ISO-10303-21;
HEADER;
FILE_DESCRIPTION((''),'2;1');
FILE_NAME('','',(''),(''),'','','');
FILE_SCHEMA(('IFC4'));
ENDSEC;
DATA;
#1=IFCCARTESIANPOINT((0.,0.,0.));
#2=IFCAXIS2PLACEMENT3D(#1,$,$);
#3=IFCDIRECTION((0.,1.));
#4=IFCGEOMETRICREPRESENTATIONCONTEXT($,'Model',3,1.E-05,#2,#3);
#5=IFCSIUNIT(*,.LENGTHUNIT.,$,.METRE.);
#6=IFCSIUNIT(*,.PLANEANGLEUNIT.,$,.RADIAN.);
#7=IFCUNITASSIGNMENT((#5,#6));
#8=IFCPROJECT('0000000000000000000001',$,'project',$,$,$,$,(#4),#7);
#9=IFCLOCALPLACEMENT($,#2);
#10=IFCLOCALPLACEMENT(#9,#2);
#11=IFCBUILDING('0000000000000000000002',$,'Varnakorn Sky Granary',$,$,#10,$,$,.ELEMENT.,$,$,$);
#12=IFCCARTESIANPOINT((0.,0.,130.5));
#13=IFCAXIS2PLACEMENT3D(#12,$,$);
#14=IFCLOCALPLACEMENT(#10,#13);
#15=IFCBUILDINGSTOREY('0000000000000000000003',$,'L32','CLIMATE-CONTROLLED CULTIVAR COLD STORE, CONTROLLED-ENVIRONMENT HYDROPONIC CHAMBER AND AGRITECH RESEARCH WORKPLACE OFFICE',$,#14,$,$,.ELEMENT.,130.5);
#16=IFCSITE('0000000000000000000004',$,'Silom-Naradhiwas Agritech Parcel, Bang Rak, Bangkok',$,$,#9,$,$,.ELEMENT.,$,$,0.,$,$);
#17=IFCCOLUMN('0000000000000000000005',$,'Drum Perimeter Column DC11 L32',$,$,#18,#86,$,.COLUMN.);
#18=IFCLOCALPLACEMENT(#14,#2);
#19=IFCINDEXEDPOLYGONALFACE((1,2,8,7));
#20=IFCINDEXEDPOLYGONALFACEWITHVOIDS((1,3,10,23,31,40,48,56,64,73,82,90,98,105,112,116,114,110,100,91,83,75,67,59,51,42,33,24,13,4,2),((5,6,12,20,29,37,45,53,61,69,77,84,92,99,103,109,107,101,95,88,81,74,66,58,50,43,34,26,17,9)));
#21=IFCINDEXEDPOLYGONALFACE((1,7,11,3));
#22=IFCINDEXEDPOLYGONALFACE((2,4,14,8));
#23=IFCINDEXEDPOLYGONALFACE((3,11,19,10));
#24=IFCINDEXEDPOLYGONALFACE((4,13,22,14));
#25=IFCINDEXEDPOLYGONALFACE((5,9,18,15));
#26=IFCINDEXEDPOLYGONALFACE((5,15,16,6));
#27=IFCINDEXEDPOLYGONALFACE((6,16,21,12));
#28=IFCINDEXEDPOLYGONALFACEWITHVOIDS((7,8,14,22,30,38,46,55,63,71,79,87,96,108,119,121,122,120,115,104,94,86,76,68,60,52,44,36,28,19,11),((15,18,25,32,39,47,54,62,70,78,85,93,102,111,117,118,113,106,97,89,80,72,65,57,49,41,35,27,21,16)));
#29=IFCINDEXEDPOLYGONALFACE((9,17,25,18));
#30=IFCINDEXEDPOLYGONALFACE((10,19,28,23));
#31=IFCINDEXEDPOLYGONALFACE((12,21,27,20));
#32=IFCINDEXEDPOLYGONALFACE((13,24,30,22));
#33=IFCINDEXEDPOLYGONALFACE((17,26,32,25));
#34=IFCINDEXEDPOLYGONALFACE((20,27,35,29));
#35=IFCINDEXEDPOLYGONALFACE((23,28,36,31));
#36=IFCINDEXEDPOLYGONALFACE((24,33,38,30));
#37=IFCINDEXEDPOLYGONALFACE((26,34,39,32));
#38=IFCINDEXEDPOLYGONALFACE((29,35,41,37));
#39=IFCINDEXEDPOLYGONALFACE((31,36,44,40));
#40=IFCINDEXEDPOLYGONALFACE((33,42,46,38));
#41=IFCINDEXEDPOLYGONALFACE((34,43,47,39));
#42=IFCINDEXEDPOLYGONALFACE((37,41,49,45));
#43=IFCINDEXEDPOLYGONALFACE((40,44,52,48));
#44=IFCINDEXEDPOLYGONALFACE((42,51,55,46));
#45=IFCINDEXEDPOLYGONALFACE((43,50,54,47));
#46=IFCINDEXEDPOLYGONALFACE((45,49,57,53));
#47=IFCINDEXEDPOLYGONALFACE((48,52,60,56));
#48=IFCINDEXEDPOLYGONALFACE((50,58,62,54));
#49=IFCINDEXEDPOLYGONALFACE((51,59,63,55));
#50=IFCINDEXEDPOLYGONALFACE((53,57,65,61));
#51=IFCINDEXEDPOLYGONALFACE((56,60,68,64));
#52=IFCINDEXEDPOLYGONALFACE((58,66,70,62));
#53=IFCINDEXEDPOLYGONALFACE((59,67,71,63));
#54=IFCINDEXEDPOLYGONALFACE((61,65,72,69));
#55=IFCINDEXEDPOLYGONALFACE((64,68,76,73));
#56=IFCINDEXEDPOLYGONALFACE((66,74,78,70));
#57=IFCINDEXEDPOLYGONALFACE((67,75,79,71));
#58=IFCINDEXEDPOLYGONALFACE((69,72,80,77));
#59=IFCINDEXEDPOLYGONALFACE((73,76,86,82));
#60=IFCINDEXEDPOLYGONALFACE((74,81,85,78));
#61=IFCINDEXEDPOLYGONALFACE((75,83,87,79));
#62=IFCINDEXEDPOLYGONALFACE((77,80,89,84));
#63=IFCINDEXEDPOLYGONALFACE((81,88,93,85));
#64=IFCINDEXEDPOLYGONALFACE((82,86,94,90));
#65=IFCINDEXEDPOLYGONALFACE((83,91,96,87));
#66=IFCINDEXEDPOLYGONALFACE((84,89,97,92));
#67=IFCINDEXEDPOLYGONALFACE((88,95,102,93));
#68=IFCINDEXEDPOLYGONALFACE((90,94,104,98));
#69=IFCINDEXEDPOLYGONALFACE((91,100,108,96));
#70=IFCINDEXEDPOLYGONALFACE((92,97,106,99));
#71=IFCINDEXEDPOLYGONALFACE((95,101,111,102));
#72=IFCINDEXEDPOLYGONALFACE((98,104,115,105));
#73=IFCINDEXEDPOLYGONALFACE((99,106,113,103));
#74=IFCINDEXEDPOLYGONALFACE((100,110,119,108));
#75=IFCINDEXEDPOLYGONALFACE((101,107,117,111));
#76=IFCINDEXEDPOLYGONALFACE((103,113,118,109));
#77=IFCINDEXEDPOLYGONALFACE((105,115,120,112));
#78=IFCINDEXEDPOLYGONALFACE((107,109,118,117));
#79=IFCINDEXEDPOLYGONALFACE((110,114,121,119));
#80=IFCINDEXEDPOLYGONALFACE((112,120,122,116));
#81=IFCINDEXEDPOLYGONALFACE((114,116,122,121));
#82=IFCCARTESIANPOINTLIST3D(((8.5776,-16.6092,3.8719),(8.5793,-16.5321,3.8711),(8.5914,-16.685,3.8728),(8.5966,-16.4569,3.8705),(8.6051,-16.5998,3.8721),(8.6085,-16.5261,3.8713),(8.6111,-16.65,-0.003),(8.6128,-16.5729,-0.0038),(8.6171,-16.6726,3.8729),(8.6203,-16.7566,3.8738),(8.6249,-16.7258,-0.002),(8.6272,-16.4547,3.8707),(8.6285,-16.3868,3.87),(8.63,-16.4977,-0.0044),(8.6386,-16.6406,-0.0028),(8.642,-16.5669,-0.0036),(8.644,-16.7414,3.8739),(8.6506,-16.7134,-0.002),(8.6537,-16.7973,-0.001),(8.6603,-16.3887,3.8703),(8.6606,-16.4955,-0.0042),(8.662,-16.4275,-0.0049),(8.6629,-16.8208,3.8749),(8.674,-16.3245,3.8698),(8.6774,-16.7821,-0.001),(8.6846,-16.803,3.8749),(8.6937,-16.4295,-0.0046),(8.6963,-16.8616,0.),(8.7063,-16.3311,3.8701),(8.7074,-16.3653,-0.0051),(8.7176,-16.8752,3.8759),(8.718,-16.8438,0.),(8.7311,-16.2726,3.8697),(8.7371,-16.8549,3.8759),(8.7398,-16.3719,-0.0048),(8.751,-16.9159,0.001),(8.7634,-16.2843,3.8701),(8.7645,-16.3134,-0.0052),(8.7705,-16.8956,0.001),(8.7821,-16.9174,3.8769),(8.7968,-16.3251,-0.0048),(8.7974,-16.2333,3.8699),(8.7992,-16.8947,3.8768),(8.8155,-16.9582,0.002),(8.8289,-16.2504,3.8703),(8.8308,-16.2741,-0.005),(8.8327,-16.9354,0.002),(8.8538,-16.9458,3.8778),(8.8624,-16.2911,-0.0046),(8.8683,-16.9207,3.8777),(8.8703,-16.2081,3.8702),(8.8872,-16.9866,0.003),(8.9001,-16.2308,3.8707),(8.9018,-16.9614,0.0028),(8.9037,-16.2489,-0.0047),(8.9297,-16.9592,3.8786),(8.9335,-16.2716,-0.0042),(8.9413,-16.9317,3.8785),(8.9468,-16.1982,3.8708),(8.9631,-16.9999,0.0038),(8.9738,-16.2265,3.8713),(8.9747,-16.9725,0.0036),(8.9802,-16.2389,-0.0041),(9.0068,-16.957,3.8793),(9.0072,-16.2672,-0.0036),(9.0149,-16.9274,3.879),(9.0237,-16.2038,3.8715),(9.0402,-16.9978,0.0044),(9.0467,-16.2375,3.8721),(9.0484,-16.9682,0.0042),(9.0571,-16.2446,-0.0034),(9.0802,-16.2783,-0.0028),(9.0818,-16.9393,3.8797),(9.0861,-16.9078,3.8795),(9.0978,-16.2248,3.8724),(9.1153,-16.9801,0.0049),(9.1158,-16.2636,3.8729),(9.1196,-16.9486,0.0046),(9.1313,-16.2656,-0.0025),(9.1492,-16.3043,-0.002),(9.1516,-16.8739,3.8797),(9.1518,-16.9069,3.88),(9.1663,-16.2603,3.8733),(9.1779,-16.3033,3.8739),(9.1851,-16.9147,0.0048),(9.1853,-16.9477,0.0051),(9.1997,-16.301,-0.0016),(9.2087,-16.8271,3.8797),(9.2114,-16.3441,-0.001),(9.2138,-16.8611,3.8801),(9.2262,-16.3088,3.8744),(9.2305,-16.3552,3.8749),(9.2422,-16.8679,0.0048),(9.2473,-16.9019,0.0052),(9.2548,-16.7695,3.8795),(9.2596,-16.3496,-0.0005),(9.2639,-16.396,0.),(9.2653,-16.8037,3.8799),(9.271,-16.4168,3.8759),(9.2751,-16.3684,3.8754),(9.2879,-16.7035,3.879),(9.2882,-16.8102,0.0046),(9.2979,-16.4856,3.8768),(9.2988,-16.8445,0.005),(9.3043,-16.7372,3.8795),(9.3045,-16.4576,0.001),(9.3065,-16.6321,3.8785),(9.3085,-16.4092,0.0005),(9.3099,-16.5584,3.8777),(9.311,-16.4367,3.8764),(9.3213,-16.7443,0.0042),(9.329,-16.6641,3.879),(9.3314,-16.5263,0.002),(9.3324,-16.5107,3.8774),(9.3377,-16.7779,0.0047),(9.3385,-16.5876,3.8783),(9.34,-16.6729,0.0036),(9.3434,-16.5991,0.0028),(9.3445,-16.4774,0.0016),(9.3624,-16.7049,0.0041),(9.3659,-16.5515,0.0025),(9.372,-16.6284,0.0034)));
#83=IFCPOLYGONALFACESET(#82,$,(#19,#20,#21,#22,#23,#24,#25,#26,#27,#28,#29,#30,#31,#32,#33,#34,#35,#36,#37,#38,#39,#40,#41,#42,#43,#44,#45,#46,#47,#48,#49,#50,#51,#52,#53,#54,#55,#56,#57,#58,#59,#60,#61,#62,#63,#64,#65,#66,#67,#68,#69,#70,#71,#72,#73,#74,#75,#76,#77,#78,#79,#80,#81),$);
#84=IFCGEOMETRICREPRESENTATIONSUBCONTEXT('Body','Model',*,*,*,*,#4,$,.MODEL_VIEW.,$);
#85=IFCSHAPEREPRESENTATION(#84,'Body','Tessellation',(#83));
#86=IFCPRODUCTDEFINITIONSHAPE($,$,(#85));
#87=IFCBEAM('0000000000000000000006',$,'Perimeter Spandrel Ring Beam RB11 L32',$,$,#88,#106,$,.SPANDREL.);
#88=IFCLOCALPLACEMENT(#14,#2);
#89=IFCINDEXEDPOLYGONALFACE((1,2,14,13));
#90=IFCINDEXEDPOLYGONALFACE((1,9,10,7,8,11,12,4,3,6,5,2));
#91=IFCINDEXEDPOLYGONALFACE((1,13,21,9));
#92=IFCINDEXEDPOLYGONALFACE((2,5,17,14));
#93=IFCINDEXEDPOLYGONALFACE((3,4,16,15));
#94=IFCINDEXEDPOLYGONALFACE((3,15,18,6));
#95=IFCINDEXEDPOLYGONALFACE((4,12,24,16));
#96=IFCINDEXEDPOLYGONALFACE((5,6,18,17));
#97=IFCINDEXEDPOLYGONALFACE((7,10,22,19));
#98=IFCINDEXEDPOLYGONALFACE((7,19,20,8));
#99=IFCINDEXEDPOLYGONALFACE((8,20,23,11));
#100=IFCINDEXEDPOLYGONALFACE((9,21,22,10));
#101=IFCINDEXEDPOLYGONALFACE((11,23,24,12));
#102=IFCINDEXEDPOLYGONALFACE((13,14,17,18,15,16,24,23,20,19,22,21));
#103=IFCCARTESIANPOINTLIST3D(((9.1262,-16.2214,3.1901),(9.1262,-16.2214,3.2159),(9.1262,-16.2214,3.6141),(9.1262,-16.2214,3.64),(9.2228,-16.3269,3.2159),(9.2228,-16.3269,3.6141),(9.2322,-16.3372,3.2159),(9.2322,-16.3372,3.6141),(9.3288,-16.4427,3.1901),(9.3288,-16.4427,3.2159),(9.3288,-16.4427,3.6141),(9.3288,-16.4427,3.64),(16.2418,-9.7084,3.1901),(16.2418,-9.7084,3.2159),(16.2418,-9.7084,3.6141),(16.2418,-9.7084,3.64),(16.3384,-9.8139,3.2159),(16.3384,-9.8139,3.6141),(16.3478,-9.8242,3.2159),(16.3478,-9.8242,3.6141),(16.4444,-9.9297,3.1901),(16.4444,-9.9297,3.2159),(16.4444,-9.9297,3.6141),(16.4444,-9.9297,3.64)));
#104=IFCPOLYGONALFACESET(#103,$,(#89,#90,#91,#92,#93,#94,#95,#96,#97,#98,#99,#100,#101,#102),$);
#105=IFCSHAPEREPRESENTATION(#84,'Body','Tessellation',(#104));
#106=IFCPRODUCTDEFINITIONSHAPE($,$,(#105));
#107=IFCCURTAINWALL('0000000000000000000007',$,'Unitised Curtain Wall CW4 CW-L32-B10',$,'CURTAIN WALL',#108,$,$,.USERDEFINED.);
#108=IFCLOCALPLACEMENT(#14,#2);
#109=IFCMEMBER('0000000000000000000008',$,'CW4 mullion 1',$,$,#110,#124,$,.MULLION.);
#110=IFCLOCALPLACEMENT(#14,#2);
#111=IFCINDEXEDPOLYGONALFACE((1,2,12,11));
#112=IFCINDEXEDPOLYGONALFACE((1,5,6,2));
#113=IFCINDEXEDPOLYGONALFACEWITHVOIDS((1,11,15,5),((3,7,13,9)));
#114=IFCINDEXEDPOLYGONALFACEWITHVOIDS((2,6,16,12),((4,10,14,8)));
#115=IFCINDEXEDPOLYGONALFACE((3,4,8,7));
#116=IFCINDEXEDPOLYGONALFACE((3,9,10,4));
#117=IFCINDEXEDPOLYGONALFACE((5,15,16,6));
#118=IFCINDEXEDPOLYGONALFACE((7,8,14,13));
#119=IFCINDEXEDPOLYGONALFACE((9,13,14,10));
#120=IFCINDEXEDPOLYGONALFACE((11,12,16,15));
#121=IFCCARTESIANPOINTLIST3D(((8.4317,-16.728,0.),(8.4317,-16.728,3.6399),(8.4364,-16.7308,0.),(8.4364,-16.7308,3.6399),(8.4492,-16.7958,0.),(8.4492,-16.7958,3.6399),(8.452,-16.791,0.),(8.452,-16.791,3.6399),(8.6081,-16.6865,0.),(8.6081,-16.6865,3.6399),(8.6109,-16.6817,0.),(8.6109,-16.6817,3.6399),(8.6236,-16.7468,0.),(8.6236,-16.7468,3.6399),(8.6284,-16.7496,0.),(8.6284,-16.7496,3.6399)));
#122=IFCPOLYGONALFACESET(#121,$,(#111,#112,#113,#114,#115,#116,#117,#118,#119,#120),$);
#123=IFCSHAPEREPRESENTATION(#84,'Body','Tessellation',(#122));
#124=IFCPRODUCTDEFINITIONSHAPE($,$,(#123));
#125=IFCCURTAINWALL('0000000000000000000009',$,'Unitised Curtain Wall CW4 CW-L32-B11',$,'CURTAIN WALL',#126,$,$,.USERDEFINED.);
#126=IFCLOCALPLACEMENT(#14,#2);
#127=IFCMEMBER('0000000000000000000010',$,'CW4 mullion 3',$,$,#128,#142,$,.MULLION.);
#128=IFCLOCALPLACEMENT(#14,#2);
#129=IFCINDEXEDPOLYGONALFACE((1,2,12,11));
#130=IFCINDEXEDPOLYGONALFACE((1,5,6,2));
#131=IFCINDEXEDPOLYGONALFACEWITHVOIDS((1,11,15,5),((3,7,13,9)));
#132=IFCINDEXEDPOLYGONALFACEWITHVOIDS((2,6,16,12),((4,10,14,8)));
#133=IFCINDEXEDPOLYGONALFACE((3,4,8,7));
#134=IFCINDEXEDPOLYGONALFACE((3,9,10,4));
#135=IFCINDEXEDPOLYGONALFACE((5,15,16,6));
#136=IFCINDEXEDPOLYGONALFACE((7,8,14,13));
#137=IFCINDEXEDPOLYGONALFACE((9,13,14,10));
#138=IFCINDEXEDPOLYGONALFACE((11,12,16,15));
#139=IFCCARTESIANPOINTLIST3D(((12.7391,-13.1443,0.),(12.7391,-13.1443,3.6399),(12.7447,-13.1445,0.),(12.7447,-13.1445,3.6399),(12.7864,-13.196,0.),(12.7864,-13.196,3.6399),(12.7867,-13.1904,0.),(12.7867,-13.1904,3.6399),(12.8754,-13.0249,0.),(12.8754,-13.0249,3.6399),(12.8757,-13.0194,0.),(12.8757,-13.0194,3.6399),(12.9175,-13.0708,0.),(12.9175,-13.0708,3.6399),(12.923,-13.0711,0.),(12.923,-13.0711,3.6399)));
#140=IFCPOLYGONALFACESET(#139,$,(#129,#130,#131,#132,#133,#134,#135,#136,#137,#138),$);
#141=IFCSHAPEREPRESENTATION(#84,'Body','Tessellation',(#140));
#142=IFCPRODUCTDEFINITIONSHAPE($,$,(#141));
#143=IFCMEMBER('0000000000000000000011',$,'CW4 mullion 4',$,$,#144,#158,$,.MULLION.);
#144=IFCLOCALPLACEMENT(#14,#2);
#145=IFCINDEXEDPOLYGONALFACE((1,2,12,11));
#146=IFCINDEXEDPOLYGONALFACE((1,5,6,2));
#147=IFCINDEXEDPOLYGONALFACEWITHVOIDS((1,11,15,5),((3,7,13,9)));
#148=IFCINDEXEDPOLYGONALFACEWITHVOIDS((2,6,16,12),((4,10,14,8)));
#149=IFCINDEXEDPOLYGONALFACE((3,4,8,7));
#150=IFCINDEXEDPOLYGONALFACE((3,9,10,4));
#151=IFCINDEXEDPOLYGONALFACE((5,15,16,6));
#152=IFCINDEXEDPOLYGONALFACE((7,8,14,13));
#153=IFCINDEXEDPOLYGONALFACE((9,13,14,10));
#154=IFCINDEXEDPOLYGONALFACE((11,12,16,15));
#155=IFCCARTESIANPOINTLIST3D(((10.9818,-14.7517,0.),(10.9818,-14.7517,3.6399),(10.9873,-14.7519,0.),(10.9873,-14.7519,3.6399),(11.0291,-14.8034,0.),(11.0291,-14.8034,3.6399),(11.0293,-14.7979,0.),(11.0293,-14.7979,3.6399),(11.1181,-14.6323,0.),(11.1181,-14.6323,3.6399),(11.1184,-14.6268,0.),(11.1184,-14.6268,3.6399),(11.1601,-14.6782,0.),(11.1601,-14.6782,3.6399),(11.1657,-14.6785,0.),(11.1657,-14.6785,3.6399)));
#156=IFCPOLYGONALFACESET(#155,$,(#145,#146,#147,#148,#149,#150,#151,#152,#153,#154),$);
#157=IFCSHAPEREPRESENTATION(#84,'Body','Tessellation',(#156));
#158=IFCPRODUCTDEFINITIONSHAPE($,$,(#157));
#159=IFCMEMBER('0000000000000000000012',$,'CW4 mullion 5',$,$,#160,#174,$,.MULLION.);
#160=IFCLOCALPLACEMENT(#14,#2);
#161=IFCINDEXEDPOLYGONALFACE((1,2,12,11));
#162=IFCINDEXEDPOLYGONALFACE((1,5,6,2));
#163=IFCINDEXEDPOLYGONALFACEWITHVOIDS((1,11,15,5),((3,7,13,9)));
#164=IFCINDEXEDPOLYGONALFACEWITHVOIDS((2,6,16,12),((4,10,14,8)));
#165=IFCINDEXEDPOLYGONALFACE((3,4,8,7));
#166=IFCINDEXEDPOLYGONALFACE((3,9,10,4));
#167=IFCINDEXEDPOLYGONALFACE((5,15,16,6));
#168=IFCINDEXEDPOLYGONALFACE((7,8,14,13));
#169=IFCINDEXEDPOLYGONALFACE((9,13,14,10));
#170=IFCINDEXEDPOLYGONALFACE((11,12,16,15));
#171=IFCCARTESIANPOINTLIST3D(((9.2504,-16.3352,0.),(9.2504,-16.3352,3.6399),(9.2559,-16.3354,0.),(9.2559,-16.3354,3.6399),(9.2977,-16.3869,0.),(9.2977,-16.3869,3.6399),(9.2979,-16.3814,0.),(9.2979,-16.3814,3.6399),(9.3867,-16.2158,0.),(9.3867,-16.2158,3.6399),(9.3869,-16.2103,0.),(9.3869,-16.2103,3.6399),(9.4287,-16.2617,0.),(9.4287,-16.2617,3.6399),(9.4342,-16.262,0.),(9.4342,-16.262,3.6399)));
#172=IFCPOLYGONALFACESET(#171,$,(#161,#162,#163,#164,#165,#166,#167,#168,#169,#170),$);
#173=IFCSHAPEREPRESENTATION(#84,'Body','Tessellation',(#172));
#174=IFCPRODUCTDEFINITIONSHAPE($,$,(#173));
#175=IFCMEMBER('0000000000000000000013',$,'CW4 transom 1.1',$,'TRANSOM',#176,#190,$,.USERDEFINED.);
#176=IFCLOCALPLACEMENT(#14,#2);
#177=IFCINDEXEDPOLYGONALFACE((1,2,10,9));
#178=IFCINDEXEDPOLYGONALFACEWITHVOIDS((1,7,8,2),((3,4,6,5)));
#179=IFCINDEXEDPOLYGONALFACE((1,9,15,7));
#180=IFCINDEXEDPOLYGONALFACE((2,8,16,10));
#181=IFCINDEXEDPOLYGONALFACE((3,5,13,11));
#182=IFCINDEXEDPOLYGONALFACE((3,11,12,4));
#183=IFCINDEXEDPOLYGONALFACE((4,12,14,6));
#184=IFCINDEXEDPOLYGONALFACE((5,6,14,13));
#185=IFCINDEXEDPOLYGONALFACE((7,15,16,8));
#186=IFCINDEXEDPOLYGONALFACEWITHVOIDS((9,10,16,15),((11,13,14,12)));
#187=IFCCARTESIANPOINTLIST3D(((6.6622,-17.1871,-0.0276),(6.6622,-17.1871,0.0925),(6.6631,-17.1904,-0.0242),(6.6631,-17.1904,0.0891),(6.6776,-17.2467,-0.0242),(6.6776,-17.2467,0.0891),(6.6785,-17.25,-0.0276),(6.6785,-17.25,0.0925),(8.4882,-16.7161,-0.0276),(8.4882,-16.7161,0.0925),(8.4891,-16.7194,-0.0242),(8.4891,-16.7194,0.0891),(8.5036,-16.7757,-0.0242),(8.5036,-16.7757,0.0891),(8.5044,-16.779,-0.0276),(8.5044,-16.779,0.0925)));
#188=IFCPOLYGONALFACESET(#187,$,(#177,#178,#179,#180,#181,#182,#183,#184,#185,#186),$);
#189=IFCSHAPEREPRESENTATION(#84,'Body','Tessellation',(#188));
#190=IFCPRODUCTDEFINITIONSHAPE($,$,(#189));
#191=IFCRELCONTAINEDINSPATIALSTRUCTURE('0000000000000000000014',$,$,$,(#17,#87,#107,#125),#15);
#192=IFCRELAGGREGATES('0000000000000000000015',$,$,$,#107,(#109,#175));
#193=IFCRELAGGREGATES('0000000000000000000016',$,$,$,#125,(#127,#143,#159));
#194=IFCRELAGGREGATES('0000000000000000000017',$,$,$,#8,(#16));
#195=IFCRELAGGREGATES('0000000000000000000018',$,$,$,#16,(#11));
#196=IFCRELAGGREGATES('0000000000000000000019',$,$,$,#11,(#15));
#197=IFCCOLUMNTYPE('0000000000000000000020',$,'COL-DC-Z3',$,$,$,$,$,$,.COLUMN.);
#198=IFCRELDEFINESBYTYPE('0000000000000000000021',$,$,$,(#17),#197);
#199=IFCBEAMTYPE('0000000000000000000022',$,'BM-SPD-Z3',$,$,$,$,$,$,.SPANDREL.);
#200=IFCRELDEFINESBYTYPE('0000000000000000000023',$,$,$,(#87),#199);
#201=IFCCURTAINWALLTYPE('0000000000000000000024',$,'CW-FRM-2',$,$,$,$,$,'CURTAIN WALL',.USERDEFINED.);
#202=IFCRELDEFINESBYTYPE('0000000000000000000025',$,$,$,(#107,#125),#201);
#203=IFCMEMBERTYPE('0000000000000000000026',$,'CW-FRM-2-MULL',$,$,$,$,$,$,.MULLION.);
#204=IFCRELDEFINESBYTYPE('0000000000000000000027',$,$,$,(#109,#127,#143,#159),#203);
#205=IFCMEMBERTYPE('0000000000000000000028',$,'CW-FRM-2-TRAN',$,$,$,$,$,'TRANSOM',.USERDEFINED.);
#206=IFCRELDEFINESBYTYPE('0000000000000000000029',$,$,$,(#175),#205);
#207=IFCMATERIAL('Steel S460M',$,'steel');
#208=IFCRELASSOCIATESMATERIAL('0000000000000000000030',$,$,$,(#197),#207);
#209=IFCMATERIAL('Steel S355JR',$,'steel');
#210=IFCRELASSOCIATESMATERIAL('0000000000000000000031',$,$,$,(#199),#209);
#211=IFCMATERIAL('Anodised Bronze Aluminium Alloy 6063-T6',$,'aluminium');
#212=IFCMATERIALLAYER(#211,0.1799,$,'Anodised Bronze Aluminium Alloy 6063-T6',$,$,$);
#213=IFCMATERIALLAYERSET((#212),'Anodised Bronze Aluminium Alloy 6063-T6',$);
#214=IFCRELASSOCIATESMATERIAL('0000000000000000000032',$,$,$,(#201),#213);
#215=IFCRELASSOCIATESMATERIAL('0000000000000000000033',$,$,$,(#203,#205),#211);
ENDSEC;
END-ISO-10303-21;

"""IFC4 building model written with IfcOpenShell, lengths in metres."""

from ifc_helpers import new_model, si_unit, direction, frame, origin, origin_2d, place, context, subcontext, project, spatial, hollow_rectangle, hollow_circle, i_section, extrude, material, layer, layer_set, material_profile, profile_set, type_object, element, aggregate, save


model = new_model("IFC4")

# Units and contexts
model_context = context("Model", 3, precision=1e-05, world=origin(), true_north=direction((0.0, 1.0)))
body_context = subcontext(model_context, "Body", "Model", "MODEL_VIEW")
ifc_project = project(units=[si_unit("LENGTHUNIT", "METRE"), si_unit("PLANEANGLEUNIT", "RADIAN")], contexts=[model_context])

# Site, building, storey
site_placement = place(None, origin())
site = spatial("IfcSite", under=ifc_project, at=site_placement, Name="Silom-Naradhiwas Agritech Parcel, Bang Rak, Bangkok", CompositionType="ELEMENT", RefElevation=0.0)
building_placement = place(site_placement, origin())
building = spatial("IfcBuilding", under=site, at=building_placement, Name="Varnakorn Sky Granary", CompositionType="ELEMENT")
storey_placement = place(building_placement, frame((0.0, 0.0, 130.5)))
storey = spatial("IfcBuildingStorey", under=building, at=storey_placement, Name="L32", Description="CLIMATE-CONTROLLED CULTIVAR COLD STORE, CONTROLLED-ENVIRONMENT HYDROPONIC CHAMBER AND AGRITECH RESEARCH WORKPLACE OFFICE", CompositionType="ELEMENT", Elevation=130.5)

# Column
ifc_material_1 = material(Name="Steel S460M", Category="steel")
ifc_material_profile_1 = material_profile(ifc_material_1, hollow_circle(Radius=0.3811, WallThickness=0.0281, at=origin_2d()), Name="CHS 762x28")
ifc_profile_set_1 = profile_set([ifc_material_profile_1], Name="Steel S460M")
column_type = type_object("IfcColumnType", Name="COL-DC-Z3", PredefinedType="COLUMN", material=ifc_profile_set_1)
column_placement = place(storey_placement, frame((8.991, -16.6199, 0.0), z_axis=(-0.008631, 0.010521, 0.999907), x_axis=(-0.773132, -0.634246, 0.0)))
element("IfcColumn", 1, at=column_placement, inside=storey, type_object=column_type, Name="Drum Perimeter Column DC11 L32", PredefinedType="COLUMN", context=body_context, shape_type="SweptSolid", body=[
    extrude(hollow_circle(Radius=0.3811, WallThickness=0.0281, at=origin_2d()), origin(), (0.0, 0.0, 1.0), 3.8752),
])

# Beam
ifc_material_2 = material(Name="Steel S355JR", Category="steel")
ifc_material_profile_2 = material_profile(ifc_material_2, i_section(OverallWidth=0.3, OverallDepth=0.45, WebThickness=0.0139, FlangeThickness=0.0259, at=origin_2d()), Name="HE 450 B")
ifc_profile_set_2 = profile_set([ifc_material_profile_2], Name="Steel S355JR")
beam_type = type_object("IfcBeamType", Name="BM-SPD-Z3", PredefinedType="SPANDREL", material=ifc_profile_set_2)
beam_placement = place(storey_placement, frame((9.2275, -16.332, 3.415), z_axis=(0.737649, 0.675185, 0.0), x_axis=(-0.675185, 0.737649, 0.0)))
element("IfcBeam", 2, at=beam_placement, inside=storey, type_object=beam_type, Name="Perimeter Spandrel Ring Beam RB11 L32", PredefinedType="SPANDREL", context=body_context, shape_type="SweptSolid", body=[
    extrude(i_section(OverallWidth=0.3, OverallDepth=0.45, WebThickness=0.0139, FlangeThickness=0.0259, at=origin_2d()), origin(), (0.0, 0.0, 1.0), 9.6462),
])

# Curtain wall, member
ifc_material_3 = material(Name="Anodised Bronze Aluminium Alloy 6063-T6", Category="aluminium")
ifc_layer_1 = layer(ifc_material_3, 0.1799, Name="Anodised Bronze Aluminium Alloy 6063-T6")
ifc_layer_set_1 = layer_set([ifc_layer_1], Name="Anodised Bronze Aluminium Alloy 6063-T6")
curtain_wall_type = type_object("IfcCurtainWallType", Name="CW-FRM-2", ElementType="CURTAIN WALL", PredefinedType="USERDEFINED", material=ifc_layer_set_1)
curtain_wall_1_placement = place(storey_placement, origin())
curtain_wall_1 = element("IfcCurtainWall", 3, at=curtain_wall_1_placement, inside=storey, type_object=curtain_wall_type, Name="Unitised Curtain Wall CW4 CW-L32-B10", ObjectType="CURTAIN WALL", PredefinedType="USERDEFINED")
ifc_material_profile_3 = material_profile(ifc_material_3, hollow_rectangle(XDim=0.0701, YDim=0.1851, WallThickness=0.0039, at=origin_2d()), Name="ALU MULL 70x185")
ifc_profile_set_3 = profile_set([ifc_material_profile_3], Name="Anodised Bronze Aluminium Alloy 6063-T6")
member_type_1 = type_object("IfcMemberType", Name="CW-FRM-2-MULL", PredefinedType="MULLION", material=ifc_profile_set_3)
member_1_placement = place(storey_placement, frame((8.53, -16.7388, 0.0), z_axis=(0.0, 0.0, 1.0), x_axis=(0.249777, -0.968303, 0.0)))
member_1 = element("IfcMember", 4, at=member_1_placement, type_object=member_type_1, Name="CW4 mullion 1", PredefinedType="MULLION", context=body_context, shape_type="SweptSolid", body=[
    extrude(hollow_rectangle(XDim=0.0701, YDim=0.1851, WallThickness=0.0039, at=origin_2d()), origin(), (0.0, 0.0, 1.0), 3.6399),
])

# Curtain wall, members
curtain_wall_2_placement = place(storey_placement, origin())
curtain_wall_2 = element("IfcCurtainWall", 5, at=curtain_wall_2_placement, inside=storey, type_object=curtain_wall_type, Name="Unitised Curtain Wall CW4 CW-L32-B11", ObjectType="CURTAIN WALL", PredefinedType="USERDEFINED")
member_2_placement = place(storey_placement, frame((12.8311, -13.1077, 0.0), z_axis=(0.0, 0.0, 1.0), x_axis=(0.674918, -0.737893, 0.0)))
member_2 = element("IfcMember", 6, at=member_2_placement, type_object=member_type_1, Name="CW4 mullion 3", PredefinedType="MULLION", context=body_context, shape_type="SweptSolid", body=[
    extrude(hollow_rectangle(XDim=0.0701, YDim=0.1851, WallThickness=0.0039, at=origin_2d()), origin(), (0.0, 0.0, 1.0), 3.6399),
])
member_3_placement = place(storey_placement, frame((11.0737, -14.7151, 0.0), z_axis=(0.0, 0.0, 1.0), x_axis=(0.674918, -0.737893, 0.0)))
member_3 = element("IfcMember", 7, at=member_3_placement, type_object=member_type_1, Name="CW4 mullion 4", PredefinedType="MULLION", context=body_context, shape_type="SweptSolid", body=[
    extrude(hollow_rectangle(XDim=0.0701, YDim=0.1851, WallThickness=0.0039, at=origin_2d()), origin(), (0.0, 0.0, 1.0), 3.6399),
])
member_4_placement = place(storey_placement, frame((9.3423, -16.2986, 0.0), z_axis=(0.0, 0.0, 1.0), x_axis=(0.674918, -0.737893, 0.0)))
member_4 = element("IfcMember", 8, at=member_4_placement, type_object=member_type_1, Name="CW4 mullion 5", PredefinedType="MULLION", context=body_context, shape_type="SweptSolid", body=[
    extrude(hollow_rectangle(XDim=0.0701, YDim=0.1851, WallThickness=0.0039, at=origin_2d()), origin(), (0.0, 0.0, 1.0), 3.6399),
])

# Member
ifc_material_profile_4 = material_profile(ifc_material_3, hollow_rectangle(XDim=0.0649, YDim=0.1201, WallThickness=0.0034, at=origin_2d()), Name="ALU TRAN 65x120")
ifc_profile_set_4 = profile_set([ifc_material_profile_4], Name="Anodised Bronze Aluminium Alloy 6063-T6")
member_type_2 = type_object("IfcMemberType", Name="CW-FRM-2-TRAN", ElementType="TRANSOM", PredefinedType="USERDEFINED", material=ifc_profile_set_4)
member_5_placement = place(storey_placement, frame((8.4963, -16.7476, 0.0325), z_axis=(-0.968311, -0.249749, 0.0), x_axis=(0.249749, -0.968311, 0.0)))
member_5 = element("IfcMember", 9, at=member_5_placement, type_object=member_type_2, Name="CW4 transom 1.1", ObjectType="TRANSOM", PredefinedType="USERDEFINED", context=body_context, shape_type="SweptSolid", body=[
    extrude(hollow_rectangle(XDim=0.0649, YDim=0.1201, WallThickness=0.0034, at=origin_2d()), origin(), (0.0, 0.0, 1.0), 1.8857),
])
aggregate(curtain_wall_1, [member_1, member_5])

aggregate(curtain_wall_2, [member_2, member_3, member_4])

save(model, "model.ifc")
